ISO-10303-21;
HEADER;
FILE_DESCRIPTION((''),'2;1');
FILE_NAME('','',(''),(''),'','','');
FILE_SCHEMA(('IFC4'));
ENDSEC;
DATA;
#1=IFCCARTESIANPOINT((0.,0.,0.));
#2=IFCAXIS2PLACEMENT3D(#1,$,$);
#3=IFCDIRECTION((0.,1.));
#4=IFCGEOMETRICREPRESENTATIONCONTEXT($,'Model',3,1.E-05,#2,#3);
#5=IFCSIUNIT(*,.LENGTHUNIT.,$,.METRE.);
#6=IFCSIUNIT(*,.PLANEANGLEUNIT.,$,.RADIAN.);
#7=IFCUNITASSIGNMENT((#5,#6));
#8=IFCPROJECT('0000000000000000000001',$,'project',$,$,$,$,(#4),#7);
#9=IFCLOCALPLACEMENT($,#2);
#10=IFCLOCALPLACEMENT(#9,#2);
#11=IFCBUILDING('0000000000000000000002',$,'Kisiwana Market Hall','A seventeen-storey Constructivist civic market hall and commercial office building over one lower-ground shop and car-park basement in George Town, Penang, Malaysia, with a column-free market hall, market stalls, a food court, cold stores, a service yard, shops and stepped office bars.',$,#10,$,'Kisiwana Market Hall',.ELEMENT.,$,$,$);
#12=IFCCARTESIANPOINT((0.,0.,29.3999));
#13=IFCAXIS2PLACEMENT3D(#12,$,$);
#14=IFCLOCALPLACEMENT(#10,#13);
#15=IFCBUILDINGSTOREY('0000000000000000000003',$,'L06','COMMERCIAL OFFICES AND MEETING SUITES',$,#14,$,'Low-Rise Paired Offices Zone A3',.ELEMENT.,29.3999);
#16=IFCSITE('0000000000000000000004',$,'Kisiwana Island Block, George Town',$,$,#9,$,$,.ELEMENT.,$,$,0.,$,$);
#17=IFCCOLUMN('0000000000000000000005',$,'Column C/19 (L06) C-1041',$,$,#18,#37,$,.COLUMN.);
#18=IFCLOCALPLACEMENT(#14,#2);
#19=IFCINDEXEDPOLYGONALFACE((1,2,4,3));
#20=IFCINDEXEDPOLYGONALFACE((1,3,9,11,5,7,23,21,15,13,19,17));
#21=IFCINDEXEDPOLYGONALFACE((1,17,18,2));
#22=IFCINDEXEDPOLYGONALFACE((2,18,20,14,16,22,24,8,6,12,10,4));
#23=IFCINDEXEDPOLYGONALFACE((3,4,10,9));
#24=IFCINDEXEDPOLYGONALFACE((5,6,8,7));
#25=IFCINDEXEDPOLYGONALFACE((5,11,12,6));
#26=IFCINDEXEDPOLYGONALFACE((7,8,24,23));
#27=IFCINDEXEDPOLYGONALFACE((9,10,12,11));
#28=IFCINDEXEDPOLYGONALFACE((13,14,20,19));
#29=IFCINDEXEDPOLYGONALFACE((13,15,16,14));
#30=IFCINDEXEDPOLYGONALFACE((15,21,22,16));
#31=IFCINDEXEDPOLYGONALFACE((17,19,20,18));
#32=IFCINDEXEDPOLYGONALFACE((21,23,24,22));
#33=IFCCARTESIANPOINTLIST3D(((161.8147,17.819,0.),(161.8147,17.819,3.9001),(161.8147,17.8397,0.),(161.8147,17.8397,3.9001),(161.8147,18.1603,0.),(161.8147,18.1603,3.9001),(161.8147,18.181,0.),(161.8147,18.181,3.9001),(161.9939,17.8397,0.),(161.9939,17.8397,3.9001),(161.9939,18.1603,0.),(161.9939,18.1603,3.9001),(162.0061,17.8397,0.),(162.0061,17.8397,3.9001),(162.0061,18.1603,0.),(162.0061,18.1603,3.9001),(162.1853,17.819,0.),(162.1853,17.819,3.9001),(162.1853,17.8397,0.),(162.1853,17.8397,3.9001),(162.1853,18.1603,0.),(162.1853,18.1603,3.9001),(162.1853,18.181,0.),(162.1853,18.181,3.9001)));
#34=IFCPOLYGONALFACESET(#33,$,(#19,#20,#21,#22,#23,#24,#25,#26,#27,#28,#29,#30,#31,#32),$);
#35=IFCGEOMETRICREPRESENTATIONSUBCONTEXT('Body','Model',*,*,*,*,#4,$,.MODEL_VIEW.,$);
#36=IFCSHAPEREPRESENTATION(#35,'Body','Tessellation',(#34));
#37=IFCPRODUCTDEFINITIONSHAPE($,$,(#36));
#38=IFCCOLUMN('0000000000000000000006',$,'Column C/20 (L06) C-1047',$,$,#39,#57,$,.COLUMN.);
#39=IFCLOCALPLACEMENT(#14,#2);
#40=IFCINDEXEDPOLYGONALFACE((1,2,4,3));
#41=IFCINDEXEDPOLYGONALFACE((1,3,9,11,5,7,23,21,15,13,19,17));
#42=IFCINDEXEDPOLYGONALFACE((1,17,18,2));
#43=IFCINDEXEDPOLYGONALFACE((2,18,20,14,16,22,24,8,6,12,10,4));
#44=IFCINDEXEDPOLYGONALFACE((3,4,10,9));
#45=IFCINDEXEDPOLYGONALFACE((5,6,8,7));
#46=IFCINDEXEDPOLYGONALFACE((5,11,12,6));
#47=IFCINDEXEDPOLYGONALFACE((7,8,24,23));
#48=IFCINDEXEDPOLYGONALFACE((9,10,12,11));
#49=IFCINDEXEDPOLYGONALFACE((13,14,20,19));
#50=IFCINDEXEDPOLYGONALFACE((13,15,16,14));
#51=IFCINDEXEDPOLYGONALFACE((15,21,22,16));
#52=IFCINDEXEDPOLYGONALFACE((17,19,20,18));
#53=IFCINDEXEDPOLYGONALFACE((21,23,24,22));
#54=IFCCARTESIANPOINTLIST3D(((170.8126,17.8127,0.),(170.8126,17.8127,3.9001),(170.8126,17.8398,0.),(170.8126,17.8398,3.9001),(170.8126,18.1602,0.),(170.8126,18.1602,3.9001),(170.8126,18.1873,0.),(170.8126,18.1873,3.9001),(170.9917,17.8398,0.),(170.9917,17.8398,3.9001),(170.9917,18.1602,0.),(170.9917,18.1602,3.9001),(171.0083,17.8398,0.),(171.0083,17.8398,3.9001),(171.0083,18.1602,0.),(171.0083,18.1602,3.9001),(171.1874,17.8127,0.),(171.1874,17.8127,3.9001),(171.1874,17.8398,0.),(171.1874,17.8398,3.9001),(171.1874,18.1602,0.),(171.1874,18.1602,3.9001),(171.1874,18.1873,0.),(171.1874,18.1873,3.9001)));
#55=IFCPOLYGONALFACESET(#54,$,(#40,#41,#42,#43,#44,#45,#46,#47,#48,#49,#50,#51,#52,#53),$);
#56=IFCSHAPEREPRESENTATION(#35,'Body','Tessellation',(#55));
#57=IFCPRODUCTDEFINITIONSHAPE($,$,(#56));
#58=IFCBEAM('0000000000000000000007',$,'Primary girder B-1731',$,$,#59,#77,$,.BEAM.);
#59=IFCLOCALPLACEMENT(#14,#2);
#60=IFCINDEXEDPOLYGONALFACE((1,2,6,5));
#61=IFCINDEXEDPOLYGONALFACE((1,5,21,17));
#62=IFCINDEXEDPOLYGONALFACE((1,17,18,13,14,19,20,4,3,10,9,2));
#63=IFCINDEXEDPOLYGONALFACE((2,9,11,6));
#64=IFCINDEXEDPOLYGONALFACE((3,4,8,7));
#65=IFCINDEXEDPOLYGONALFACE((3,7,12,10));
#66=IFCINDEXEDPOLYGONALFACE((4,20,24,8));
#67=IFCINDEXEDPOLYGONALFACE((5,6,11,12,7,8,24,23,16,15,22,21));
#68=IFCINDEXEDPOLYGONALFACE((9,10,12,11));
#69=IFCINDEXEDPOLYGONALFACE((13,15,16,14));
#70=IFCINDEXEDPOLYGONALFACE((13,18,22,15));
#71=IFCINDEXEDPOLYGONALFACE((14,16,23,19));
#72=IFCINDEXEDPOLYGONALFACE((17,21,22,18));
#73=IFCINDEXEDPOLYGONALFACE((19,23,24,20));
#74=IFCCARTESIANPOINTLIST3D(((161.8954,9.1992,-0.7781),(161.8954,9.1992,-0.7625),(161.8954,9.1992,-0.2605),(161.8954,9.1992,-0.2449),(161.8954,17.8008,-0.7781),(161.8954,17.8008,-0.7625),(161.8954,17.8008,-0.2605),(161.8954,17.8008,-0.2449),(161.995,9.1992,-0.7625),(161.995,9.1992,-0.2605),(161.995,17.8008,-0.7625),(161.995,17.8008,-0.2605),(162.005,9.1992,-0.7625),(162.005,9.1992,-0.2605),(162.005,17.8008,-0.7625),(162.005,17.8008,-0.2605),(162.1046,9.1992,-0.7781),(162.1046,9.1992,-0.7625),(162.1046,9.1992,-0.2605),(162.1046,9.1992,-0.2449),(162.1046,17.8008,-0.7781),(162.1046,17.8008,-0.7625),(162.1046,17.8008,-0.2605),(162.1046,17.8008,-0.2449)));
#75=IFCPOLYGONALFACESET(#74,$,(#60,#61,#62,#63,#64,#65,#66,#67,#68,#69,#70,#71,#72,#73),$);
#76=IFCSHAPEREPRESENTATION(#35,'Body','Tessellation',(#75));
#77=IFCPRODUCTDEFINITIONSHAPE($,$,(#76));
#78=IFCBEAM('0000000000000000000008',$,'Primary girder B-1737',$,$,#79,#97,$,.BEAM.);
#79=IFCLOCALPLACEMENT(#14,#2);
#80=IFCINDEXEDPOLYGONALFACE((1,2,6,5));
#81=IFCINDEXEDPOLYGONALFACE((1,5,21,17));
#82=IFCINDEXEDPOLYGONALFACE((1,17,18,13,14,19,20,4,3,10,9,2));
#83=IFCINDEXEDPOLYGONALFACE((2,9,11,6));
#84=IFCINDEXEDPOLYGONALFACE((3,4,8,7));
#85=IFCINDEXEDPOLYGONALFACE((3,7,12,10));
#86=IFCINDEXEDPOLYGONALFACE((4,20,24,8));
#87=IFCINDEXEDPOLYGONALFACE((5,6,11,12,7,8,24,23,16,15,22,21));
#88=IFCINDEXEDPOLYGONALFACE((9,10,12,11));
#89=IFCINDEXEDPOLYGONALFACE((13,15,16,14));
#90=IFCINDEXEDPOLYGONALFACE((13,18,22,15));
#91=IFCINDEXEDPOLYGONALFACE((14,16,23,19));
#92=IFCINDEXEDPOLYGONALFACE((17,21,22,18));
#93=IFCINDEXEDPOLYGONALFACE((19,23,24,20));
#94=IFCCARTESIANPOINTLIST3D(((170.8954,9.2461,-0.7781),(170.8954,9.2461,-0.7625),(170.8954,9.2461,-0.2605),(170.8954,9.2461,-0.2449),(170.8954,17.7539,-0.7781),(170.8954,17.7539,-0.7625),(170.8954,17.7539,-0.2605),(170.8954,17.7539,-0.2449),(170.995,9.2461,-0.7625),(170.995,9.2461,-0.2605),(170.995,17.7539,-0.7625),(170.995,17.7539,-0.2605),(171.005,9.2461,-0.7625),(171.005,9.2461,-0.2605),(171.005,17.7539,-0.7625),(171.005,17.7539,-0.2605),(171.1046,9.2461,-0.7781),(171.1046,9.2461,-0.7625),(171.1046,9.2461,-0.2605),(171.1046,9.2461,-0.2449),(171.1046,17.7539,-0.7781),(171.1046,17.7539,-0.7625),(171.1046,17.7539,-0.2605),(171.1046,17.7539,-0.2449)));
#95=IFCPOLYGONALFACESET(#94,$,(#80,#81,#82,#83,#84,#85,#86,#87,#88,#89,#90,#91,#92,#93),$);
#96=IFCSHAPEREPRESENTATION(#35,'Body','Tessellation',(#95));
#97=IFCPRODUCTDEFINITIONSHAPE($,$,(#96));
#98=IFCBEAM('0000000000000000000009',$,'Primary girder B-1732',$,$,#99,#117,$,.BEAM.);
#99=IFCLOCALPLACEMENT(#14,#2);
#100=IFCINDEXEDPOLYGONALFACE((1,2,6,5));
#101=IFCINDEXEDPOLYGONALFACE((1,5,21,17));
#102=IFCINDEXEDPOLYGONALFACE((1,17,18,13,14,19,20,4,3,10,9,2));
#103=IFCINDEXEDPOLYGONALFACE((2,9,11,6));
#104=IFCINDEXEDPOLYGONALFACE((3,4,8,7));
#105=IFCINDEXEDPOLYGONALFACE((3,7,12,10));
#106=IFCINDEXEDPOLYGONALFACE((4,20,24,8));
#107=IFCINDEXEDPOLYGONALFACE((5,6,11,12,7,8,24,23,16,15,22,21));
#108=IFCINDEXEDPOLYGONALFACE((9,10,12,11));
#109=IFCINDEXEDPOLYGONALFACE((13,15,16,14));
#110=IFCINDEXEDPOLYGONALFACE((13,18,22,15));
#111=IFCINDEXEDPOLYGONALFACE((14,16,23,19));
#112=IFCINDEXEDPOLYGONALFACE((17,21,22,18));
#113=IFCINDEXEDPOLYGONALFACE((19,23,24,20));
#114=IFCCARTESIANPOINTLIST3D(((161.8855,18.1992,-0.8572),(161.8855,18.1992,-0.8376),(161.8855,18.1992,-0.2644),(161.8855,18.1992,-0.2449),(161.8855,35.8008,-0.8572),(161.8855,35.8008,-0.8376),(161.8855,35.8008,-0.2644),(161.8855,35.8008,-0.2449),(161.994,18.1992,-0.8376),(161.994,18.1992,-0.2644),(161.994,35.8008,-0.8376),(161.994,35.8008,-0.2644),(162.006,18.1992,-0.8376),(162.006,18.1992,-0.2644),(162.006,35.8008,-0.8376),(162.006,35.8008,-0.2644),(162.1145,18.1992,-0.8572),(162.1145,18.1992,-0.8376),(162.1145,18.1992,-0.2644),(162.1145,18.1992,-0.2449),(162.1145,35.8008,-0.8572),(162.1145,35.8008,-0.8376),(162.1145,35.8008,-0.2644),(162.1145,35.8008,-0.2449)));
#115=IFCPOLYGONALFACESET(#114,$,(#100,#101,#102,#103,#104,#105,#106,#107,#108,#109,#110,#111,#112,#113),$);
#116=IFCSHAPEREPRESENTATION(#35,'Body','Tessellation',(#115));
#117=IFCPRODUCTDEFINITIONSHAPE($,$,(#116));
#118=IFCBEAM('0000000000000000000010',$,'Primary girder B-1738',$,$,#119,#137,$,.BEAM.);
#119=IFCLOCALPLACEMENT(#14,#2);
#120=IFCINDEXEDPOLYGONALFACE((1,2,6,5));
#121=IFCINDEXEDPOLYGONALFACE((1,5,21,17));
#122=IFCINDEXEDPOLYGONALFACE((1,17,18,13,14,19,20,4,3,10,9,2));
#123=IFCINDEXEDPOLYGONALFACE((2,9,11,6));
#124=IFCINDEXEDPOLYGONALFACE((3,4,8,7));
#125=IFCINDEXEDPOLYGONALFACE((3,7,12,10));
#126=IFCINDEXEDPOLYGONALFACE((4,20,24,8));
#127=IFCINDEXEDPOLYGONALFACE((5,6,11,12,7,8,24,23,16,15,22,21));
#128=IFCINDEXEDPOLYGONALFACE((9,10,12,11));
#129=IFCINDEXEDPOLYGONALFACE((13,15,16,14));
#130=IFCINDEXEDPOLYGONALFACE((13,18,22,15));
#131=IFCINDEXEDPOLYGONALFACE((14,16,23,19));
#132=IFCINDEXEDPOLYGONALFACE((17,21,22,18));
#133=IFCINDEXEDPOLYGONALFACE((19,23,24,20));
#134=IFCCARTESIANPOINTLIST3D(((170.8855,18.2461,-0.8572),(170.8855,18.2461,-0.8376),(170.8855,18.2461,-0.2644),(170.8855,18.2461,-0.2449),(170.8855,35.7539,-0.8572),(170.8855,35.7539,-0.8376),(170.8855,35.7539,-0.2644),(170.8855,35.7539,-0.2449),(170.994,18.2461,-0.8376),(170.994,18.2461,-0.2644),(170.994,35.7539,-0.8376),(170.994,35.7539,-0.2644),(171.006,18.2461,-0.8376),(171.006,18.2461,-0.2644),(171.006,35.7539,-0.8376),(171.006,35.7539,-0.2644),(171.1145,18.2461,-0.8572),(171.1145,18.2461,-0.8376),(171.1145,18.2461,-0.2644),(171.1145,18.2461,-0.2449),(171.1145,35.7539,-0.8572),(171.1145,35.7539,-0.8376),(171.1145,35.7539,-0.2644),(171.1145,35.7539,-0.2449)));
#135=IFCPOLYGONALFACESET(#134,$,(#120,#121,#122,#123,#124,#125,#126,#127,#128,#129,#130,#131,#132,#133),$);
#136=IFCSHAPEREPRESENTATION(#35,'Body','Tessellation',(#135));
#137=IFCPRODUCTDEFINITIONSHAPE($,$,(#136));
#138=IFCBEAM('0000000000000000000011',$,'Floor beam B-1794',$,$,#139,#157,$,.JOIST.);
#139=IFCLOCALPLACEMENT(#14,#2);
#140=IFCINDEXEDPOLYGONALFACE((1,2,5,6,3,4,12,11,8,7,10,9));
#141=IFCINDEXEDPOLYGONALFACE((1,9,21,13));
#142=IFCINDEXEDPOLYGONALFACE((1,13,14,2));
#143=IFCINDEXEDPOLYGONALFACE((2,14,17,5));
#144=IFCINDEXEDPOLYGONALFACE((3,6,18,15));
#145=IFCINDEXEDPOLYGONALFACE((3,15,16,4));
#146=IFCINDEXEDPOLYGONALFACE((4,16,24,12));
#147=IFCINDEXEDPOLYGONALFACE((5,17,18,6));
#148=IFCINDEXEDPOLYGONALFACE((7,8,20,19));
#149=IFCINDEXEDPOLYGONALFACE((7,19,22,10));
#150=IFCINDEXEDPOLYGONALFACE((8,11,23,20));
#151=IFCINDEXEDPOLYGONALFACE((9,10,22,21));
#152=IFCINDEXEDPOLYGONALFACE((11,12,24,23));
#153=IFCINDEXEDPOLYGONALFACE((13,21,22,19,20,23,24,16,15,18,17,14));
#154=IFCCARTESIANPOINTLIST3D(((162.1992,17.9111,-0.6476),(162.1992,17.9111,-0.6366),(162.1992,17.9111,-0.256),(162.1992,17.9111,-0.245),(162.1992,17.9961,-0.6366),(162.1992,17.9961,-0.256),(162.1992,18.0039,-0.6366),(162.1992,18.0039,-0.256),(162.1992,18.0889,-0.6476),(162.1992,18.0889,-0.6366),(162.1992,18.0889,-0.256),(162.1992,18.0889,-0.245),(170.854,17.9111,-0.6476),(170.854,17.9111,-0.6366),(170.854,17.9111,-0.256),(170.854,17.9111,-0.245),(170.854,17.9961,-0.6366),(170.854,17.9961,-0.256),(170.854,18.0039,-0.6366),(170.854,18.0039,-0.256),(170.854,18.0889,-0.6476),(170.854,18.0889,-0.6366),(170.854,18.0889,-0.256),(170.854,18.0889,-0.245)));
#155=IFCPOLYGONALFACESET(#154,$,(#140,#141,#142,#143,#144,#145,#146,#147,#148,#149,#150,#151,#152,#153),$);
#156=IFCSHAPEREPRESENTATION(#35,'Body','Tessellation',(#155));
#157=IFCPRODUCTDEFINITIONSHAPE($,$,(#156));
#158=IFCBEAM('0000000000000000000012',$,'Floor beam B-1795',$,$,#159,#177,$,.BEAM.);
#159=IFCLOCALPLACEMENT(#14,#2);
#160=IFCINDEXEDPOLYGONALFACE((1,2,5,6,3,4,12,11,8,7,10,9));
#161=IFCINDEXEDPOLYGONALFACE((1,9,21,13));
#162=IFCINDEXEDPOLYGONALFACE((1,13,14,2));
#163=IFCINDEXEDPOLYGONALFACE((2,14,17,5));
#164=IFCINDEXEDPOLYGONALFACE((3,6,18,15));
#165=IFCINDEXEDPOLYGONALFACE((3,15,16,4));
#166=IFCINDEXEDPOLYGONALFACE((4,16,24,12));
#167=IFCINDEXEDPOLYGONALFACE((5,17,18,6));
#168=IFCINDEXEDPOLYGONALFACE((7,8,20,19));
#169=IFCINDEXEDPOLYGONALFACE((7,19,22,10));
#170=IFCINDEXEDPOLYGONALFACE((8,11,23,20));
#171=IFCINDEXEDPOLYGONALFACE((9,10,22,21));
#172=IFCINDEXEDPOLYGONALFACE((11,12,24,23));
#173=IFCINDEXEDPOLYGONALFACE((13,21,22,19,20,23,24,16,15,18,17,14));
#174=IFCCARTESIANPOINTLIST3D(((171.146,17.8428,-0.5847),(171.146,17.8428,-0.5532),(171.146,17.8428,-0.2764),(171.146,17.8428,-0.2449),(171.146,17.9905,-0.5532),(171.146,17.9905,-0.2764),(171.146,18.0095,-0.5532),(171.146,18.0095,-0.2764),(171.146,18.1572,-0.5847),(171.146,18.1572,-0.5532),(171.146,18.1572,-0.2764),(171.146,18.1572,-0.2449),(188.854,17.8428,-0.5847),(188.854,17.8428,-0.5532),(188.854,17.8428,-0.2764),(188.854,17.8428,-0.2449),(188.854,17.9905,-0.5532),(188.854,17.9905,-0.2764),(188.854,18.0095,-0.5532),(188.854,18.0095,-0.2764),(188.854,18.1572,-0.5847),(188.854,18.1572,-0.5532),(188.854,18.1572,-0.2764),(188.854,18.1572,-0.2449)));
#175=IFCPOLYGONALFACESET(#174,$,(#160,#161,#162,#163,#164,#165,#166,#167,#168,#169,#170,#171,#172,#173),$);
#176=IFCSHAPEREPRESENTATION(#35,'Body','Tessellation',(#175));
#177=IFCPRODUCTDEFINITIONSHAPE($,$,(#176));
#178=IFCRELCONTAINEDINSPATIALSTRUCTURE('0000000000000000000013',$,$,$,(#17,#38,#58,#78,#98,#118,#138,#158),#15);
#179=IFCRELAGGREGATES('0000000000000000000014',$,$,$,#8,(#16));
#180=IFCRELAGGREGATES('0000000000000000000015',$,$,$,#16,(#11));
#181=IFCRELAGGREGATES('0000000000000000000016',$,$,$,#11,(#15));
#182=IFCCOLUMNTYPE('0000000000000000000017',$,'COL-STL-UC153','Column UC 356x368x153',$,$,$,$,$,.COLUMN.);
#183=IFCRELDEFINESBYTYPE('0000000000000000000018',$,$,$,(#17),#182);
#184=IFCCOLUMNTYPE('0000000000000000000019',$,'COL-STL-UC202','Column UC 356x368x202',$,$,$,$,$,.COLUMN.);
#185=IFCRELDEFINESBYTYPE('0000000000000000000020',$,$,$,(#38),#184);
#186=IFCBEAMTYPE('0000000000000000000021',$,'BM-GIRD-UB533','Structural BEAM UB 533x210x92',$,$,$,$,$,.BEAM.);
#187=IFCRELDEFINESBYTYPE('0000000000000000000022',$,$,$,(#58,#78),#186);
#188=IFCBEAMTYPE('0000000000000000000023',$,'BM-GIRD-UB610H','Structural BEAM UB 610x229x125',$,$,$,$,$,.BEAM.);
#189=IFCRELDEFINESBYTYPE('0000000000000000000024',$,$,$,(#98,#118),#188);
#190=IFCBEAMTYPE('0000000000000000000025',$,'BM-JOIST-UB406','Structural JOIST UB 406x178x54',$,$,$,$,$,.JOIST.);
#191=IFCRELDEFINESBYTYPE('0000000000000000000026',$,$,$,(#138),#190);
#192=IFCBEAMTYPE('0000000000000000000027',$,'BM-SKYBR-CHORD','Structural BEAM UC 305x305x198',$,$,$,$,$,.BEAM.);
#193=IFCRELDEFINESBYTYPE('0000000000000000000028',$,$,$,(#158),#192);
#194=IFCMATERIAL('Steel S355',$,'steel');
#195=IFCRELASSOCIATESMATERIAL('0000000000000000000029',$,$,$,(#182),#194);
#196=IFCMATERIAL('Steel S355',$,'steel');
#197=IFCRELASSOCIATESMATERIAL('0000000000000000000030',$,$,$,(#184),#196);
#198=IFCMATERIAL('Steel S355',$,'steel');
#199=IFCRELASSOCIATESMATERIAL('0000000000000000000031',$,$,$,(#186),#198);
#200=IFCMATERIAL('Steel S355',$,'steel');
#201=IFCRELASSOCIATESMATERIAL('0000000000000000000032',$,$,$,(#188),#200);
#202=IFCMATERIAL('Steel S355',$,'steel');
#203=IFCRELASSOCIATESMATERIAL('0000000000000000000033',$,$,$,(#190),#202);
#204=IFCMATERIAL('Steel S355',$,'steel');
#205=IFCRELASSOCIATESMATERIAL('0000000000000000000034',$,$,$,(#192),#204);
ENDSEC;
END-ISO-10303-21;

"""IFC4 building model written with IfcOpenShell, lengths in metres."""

from ifc_helpers import new_model, si_unit, direction, frame, origin, origin_2d, place, context, subcontext, project, spatial, i_section, extrude, material, material_profile, profile_set, type_object, element, save


model = new_model("IFC4")

# Units and contexts
model_context = context("Model", 3, precision=1e-05, world=origin(), true_north=direction((0.0, 1.0)))
body_context = subcontext(model_context, "Body", "Model", "MODEL_VIEW")
ifc_project = project(units=[si_unit("LENGTHUNIT", "METRE"), si_unit("PLANEANGLEUNIT", "RADIAN")], contexts=[model_context])

# Site, building, storey
site_placement = place(None, origin())
site = spatial("IfcSite", under=ifc_project, at=site_placement, Name="Kisiwana Island Block, George Town", CompositionType="ELEMENT", RefElevation=0.0)
building_placement = place(site_placement, origin())
building = spatial("IfcBuilding", under=site, at=building_placement, Name="Kisiwana Market Hall", Description="A seventeen-storey Constructivist civic market hall and commercial office building over one lower-ground shop and car-park basement in George Town, Penang, Malaysia, with a column-free market hall, market stalls, a food court, cold stores, a service yard, shops and stepped office bars.", LongName="Kisiwana Market Hall", CompositionType="ELEMENT")
storey_placement = place(building_placement, frame((0.0, 0.0, 29.3999)))
storey = spatial("IfcBuildingStorey", under=building, at=storey_placement, Name="L06", Description="COMMERCIAL OFFICES AND MEETING SUITES", LongName="Low-Rise Paired Offices Zone A3", CompositionType="ELEMENT", Elevation=29.3999)

# Columns
ifc_material_1 = material(Name="Steel S355", Category="steel")
ifc_material_profile_1 = material_profile(ifc_material_1, i_section(OverallWidth=0.3706, OverallDepth=0.3621, WebThickness=0.0122, FlangeThickness=0.0208, at=origin_2d()), Name="UC 356x368x153")
ifc_profile_set_1 = profile_set([ifc_material_profile_1], Name="Steel S355")
column_type_1 = type_object("IfcColumnType", Name="COL-STL-UC153", Description="Column UC 356x368x153", PredefinedType="COLUMN", material=ifc_profile_set_1)
column_1_placement = place(storey_placement, frame((162.0, 18.0, 0.0), z_axis=(0.0, 0.0, 1.0), x_axis=(1.0, 0.0, 0.0)))
element("IfcColumn", 1, at=column_1_placement, inside=storey, type_object=column_type_1, Name="Column C/19 (L06) C-1041", PredefinedType="COLUMN", context=body_context, shape_type="SweptSolid", body=[
    extrude(i_section(OverallWidth=0.3706, OverallDepth=0.3621, WebThickness=0.0122, FlangeThickness=0.0208, at=origin_2d()), origin(), (0.0, 0.0, 1.0), 3.9001),
])
ifc_material_2 = material(Name="Steel S355", Category="steel")
ifc_material_profile_2 = material_profile(ifc_material_2, i_section(OverallWidth=0.3748, OverallDepth=0.3745, WebThickness=0.0166, FlangeThickness=0.0271, at=origin_2d()), Name="UC 356x368x202")
ifc_profile_set_2 = profile_set([ifc_material_profile_2], Name="Steel S355")
column_type_2 = type_object("IfcColumnType", Name="COL-STL-UC202", Description="Column UC 356x368x202", PredefinedType="COLUMN", material=ifc_profile_set_2)
column_2_placement = place(storey_placement, frame((171.0, 18.0, 0.0), z_axis=(0.0, 0.0, 1.0), x_axis=(1.0, 0.0, 0.0)))
element("IfcColumn", 2, at=column_2_placement, inside=storey, type_object=column_type_2, Name="Column C/20 (L06) C-1047", PredefinedType="COLUMN", context=body_context, shape_type="SweptSolid", body=[
    extrude(i_section(OverallWidth=0.3748, OverallDepth=0.3745, WebThickness=0.0166, FlangeThickness=0.0271, at=origin_2d()), origin(), (0.0, 0.0, 1.0), 3.9001),
])

# Beams
ifc_material_3 = material(Name="Steel S355", Category="steel")
ifc_material_profile_3 = material_profile(ifc_material_3, i_section(OverallWidth=0.2092, OverallDepth=0.5332, WebThickness=0.01, FlangeThickness=0.0156, at=origin_2d()), Name="UB 533x210x92")
ifc_profile_set_3 = profile_set([ifc_material_profile_3], Name="Steel S355")
beam_type_1 = type_object("IfcBeamType", Name="BM-GIRD-UB533", Description="Structural BEAM UB 533x210x92", PredefinedType="BEAM", material=ifc_profile_set_3)
beam_1_placement = place(storey_placement, frame((162.0, 9.1992, -0.5115), z_axis=(0.0, 1.0, 0.0), x_axis=(-1.0, 0.0, 0.0)))
element("IfcBeam", 3, at=beam_1_placement, inside=storey, type_object=beam_type_1, Name="Primary girder B-1731", PredefinedType="BEAM", context=body_context, shape_type="SweptSolid", body=[
    extrude(i_section(OverallWidth=0.2092, OverallDepth=0.5332, WebThickness=0.01, FlangeThickness=0.0156, at=origin_2d()), origin(), (0.0, 0.0, 1.0), 8.6016),
])
beam_2_placement = place(storey_placement, frame((171.0, 9.2461, -0.5115), z_axis=(0.0, 1.0, 0.0), x_axis=(-1.0, 0.0, 0.0)))
element("IfcBeam", 4, at=beam_2_placement, inside=storey, type_object=beam_type_1, Name="Primary girder B-1737", PredefinedType="BEAM", context=body_context, shape_type="SweptSolid", body=[
    extrude(i_section(OverallWidth=0.2092, OverallDepth=0.5332, WebThickness=0.01, FlangeThickness=0.0156, at=origin_2d()), origin(), (0.0, 0.0, 1.0), 8.5078),
])
ifc_material_4 = material(Name="Steel S355", Category="steel")
ifc_material_profile_4 = material_profile(ifc_material_4, i_section(OverallWidth=0.229, OverallDepth=0.6123, WebThickness=0.012, FlangeThickness=0.0195, at=origin_2d()), Name="UB 610x229x125")
ifc_profile_set_4 = profile_set([ifc_material_profile_4], Name="Steel S355")
beam_type_2 = type_object("IfcBeamType", Name="BM-GIRD-UB610H", Description="Structural BEAM UB 610x229x125", PredefinedType="BEAM", material=ifc_profile_set_4)
beam_3_placement = place(storey_placement, frame((162.0, 18.1992, -0.551), z_axis=(0.0, 1.0, 0.0), x_axis=(-1.0, 0.0, 0.0)))
element("IfcBeam", 5, at=beam_3_placement, inside=storey, type_object=beam_type_2, Name="Primary girder B-1732", PredefinedType="BEAM", context=body_context, shape_type="SweptSolid", body=[
    extrude(i_section(OverallWidth=0.229, OverallDepth=0.6123, WebThickness=0.012, FlangeThickness=0.0195, at=origin_2d()), origin(), (0.0, 0.0, 1.0), 17.6016),
])
beam_4_placement = place(storey_placement, frame((171.0, 18.2461, -0.551), z_axis=(0.0, 1.0, 0.0), x_axis=(-1.0, 0.0, 0.0)))
element("IfcBeam", 6, at=beam_4_placement, inside=storey, type_object=beam_type_2, Name="Primary girder B-1738", PredefinedType="BEAM", context=body_context, shape_type="SweptSolid", body=[
    extrude(i_section(OverallWidth=0.229, OverallDepth=0.6123, WebThickness=0.012, FlangeThickness=0.0195, at=origin_2d()), origin(), (0.0, 0.0, 1.0), 17.5078),
])
ifc_material_5 = material(Name="Steel S355", Category="steel")
ifc_material_profile_5 = material_profile(ifc_material_5, i_section(OverallWidth=0.1777, OverallDepth=0.4026, WebThickness=0.0078, FlangeThickness=0.011, at=origin_2d()), Name="UB 406x178x54")
ifc_profile_set_5 = profile_set([ifc_material_profile_5], Name="Steel S355")
beam_type_3 = type_object("IfcBeamType", Name="BM-JOIST-UB406", Description="Structural JOIST UB 406x178x54", PredefinedType="JOIST", material=ifc_profile_set_5)
beam_5_placement = place(storey_placement, frame((162.1992, 18.0, -0.4463), z_axis=(1.0, 0.0, 0.0), x_axis=(0.0, 1.0, 0.0)))
element("IfcBeam", 7, at=beam_5_placement, inside=storey, type_object=beam_type_3, Name="Floor beam B-1794", PredefinedType="JOIST", context=body_context, shape_type="SweptSolid", body=[
    extrude(i_section(OverallWidth=0.1777, OverallDepth=0.4026, WebThickness=0.0078, FlangeThickness=0.011, at=origin_2d()), origin(), (0.0, 0.0, 1.0), 8.6548),
])
ifc_material_6 = material(Name="Steel S355", Category="steel")
ifc_material_profile_6 = material_profile(ifc_material_6, i_section(OverallWidth=0.3145, OverallDepth=0.3398, WebThickness=0.019, FlangeThickness=0.0315, at=origin_2d()), Name="UC 305x305x198")
ifc_profile_set_6 = profile_set([ifc_material_profile_6], Name="Steel S355")
beam_type_4 = type_object("IfcBeamType", Name="BM-SKYBR-CHORD", Description="Structural BEAM UC 305x305x198", PredefinedType="BEAM", material=ifc_profile_set_6)
beam_6_placement = place(storey_placement, frame((171.146, 18.0, -0.4148), z_axis=(1.0, 0.0, 0.0), x_axis=(0.0, 1.0, 0.0)))
element("IfcBeam", 8, at=beam_6_placement, inside=storey, type_object=beam_type_4, Name="Floor beam B-1795", PredefinedType="BEAM", context=body_context, shape_type="SweptSolid", body=[
    extrude(i_section(OverallWidth=0.3145, OverallDepth=0.3398, WebThickness=0.019, FlangeThickness=0.0315, at=origin_2d()), origin(), (0.0, 0.0, 1.0), 17.708),
])

save(model, "model.ifc")
